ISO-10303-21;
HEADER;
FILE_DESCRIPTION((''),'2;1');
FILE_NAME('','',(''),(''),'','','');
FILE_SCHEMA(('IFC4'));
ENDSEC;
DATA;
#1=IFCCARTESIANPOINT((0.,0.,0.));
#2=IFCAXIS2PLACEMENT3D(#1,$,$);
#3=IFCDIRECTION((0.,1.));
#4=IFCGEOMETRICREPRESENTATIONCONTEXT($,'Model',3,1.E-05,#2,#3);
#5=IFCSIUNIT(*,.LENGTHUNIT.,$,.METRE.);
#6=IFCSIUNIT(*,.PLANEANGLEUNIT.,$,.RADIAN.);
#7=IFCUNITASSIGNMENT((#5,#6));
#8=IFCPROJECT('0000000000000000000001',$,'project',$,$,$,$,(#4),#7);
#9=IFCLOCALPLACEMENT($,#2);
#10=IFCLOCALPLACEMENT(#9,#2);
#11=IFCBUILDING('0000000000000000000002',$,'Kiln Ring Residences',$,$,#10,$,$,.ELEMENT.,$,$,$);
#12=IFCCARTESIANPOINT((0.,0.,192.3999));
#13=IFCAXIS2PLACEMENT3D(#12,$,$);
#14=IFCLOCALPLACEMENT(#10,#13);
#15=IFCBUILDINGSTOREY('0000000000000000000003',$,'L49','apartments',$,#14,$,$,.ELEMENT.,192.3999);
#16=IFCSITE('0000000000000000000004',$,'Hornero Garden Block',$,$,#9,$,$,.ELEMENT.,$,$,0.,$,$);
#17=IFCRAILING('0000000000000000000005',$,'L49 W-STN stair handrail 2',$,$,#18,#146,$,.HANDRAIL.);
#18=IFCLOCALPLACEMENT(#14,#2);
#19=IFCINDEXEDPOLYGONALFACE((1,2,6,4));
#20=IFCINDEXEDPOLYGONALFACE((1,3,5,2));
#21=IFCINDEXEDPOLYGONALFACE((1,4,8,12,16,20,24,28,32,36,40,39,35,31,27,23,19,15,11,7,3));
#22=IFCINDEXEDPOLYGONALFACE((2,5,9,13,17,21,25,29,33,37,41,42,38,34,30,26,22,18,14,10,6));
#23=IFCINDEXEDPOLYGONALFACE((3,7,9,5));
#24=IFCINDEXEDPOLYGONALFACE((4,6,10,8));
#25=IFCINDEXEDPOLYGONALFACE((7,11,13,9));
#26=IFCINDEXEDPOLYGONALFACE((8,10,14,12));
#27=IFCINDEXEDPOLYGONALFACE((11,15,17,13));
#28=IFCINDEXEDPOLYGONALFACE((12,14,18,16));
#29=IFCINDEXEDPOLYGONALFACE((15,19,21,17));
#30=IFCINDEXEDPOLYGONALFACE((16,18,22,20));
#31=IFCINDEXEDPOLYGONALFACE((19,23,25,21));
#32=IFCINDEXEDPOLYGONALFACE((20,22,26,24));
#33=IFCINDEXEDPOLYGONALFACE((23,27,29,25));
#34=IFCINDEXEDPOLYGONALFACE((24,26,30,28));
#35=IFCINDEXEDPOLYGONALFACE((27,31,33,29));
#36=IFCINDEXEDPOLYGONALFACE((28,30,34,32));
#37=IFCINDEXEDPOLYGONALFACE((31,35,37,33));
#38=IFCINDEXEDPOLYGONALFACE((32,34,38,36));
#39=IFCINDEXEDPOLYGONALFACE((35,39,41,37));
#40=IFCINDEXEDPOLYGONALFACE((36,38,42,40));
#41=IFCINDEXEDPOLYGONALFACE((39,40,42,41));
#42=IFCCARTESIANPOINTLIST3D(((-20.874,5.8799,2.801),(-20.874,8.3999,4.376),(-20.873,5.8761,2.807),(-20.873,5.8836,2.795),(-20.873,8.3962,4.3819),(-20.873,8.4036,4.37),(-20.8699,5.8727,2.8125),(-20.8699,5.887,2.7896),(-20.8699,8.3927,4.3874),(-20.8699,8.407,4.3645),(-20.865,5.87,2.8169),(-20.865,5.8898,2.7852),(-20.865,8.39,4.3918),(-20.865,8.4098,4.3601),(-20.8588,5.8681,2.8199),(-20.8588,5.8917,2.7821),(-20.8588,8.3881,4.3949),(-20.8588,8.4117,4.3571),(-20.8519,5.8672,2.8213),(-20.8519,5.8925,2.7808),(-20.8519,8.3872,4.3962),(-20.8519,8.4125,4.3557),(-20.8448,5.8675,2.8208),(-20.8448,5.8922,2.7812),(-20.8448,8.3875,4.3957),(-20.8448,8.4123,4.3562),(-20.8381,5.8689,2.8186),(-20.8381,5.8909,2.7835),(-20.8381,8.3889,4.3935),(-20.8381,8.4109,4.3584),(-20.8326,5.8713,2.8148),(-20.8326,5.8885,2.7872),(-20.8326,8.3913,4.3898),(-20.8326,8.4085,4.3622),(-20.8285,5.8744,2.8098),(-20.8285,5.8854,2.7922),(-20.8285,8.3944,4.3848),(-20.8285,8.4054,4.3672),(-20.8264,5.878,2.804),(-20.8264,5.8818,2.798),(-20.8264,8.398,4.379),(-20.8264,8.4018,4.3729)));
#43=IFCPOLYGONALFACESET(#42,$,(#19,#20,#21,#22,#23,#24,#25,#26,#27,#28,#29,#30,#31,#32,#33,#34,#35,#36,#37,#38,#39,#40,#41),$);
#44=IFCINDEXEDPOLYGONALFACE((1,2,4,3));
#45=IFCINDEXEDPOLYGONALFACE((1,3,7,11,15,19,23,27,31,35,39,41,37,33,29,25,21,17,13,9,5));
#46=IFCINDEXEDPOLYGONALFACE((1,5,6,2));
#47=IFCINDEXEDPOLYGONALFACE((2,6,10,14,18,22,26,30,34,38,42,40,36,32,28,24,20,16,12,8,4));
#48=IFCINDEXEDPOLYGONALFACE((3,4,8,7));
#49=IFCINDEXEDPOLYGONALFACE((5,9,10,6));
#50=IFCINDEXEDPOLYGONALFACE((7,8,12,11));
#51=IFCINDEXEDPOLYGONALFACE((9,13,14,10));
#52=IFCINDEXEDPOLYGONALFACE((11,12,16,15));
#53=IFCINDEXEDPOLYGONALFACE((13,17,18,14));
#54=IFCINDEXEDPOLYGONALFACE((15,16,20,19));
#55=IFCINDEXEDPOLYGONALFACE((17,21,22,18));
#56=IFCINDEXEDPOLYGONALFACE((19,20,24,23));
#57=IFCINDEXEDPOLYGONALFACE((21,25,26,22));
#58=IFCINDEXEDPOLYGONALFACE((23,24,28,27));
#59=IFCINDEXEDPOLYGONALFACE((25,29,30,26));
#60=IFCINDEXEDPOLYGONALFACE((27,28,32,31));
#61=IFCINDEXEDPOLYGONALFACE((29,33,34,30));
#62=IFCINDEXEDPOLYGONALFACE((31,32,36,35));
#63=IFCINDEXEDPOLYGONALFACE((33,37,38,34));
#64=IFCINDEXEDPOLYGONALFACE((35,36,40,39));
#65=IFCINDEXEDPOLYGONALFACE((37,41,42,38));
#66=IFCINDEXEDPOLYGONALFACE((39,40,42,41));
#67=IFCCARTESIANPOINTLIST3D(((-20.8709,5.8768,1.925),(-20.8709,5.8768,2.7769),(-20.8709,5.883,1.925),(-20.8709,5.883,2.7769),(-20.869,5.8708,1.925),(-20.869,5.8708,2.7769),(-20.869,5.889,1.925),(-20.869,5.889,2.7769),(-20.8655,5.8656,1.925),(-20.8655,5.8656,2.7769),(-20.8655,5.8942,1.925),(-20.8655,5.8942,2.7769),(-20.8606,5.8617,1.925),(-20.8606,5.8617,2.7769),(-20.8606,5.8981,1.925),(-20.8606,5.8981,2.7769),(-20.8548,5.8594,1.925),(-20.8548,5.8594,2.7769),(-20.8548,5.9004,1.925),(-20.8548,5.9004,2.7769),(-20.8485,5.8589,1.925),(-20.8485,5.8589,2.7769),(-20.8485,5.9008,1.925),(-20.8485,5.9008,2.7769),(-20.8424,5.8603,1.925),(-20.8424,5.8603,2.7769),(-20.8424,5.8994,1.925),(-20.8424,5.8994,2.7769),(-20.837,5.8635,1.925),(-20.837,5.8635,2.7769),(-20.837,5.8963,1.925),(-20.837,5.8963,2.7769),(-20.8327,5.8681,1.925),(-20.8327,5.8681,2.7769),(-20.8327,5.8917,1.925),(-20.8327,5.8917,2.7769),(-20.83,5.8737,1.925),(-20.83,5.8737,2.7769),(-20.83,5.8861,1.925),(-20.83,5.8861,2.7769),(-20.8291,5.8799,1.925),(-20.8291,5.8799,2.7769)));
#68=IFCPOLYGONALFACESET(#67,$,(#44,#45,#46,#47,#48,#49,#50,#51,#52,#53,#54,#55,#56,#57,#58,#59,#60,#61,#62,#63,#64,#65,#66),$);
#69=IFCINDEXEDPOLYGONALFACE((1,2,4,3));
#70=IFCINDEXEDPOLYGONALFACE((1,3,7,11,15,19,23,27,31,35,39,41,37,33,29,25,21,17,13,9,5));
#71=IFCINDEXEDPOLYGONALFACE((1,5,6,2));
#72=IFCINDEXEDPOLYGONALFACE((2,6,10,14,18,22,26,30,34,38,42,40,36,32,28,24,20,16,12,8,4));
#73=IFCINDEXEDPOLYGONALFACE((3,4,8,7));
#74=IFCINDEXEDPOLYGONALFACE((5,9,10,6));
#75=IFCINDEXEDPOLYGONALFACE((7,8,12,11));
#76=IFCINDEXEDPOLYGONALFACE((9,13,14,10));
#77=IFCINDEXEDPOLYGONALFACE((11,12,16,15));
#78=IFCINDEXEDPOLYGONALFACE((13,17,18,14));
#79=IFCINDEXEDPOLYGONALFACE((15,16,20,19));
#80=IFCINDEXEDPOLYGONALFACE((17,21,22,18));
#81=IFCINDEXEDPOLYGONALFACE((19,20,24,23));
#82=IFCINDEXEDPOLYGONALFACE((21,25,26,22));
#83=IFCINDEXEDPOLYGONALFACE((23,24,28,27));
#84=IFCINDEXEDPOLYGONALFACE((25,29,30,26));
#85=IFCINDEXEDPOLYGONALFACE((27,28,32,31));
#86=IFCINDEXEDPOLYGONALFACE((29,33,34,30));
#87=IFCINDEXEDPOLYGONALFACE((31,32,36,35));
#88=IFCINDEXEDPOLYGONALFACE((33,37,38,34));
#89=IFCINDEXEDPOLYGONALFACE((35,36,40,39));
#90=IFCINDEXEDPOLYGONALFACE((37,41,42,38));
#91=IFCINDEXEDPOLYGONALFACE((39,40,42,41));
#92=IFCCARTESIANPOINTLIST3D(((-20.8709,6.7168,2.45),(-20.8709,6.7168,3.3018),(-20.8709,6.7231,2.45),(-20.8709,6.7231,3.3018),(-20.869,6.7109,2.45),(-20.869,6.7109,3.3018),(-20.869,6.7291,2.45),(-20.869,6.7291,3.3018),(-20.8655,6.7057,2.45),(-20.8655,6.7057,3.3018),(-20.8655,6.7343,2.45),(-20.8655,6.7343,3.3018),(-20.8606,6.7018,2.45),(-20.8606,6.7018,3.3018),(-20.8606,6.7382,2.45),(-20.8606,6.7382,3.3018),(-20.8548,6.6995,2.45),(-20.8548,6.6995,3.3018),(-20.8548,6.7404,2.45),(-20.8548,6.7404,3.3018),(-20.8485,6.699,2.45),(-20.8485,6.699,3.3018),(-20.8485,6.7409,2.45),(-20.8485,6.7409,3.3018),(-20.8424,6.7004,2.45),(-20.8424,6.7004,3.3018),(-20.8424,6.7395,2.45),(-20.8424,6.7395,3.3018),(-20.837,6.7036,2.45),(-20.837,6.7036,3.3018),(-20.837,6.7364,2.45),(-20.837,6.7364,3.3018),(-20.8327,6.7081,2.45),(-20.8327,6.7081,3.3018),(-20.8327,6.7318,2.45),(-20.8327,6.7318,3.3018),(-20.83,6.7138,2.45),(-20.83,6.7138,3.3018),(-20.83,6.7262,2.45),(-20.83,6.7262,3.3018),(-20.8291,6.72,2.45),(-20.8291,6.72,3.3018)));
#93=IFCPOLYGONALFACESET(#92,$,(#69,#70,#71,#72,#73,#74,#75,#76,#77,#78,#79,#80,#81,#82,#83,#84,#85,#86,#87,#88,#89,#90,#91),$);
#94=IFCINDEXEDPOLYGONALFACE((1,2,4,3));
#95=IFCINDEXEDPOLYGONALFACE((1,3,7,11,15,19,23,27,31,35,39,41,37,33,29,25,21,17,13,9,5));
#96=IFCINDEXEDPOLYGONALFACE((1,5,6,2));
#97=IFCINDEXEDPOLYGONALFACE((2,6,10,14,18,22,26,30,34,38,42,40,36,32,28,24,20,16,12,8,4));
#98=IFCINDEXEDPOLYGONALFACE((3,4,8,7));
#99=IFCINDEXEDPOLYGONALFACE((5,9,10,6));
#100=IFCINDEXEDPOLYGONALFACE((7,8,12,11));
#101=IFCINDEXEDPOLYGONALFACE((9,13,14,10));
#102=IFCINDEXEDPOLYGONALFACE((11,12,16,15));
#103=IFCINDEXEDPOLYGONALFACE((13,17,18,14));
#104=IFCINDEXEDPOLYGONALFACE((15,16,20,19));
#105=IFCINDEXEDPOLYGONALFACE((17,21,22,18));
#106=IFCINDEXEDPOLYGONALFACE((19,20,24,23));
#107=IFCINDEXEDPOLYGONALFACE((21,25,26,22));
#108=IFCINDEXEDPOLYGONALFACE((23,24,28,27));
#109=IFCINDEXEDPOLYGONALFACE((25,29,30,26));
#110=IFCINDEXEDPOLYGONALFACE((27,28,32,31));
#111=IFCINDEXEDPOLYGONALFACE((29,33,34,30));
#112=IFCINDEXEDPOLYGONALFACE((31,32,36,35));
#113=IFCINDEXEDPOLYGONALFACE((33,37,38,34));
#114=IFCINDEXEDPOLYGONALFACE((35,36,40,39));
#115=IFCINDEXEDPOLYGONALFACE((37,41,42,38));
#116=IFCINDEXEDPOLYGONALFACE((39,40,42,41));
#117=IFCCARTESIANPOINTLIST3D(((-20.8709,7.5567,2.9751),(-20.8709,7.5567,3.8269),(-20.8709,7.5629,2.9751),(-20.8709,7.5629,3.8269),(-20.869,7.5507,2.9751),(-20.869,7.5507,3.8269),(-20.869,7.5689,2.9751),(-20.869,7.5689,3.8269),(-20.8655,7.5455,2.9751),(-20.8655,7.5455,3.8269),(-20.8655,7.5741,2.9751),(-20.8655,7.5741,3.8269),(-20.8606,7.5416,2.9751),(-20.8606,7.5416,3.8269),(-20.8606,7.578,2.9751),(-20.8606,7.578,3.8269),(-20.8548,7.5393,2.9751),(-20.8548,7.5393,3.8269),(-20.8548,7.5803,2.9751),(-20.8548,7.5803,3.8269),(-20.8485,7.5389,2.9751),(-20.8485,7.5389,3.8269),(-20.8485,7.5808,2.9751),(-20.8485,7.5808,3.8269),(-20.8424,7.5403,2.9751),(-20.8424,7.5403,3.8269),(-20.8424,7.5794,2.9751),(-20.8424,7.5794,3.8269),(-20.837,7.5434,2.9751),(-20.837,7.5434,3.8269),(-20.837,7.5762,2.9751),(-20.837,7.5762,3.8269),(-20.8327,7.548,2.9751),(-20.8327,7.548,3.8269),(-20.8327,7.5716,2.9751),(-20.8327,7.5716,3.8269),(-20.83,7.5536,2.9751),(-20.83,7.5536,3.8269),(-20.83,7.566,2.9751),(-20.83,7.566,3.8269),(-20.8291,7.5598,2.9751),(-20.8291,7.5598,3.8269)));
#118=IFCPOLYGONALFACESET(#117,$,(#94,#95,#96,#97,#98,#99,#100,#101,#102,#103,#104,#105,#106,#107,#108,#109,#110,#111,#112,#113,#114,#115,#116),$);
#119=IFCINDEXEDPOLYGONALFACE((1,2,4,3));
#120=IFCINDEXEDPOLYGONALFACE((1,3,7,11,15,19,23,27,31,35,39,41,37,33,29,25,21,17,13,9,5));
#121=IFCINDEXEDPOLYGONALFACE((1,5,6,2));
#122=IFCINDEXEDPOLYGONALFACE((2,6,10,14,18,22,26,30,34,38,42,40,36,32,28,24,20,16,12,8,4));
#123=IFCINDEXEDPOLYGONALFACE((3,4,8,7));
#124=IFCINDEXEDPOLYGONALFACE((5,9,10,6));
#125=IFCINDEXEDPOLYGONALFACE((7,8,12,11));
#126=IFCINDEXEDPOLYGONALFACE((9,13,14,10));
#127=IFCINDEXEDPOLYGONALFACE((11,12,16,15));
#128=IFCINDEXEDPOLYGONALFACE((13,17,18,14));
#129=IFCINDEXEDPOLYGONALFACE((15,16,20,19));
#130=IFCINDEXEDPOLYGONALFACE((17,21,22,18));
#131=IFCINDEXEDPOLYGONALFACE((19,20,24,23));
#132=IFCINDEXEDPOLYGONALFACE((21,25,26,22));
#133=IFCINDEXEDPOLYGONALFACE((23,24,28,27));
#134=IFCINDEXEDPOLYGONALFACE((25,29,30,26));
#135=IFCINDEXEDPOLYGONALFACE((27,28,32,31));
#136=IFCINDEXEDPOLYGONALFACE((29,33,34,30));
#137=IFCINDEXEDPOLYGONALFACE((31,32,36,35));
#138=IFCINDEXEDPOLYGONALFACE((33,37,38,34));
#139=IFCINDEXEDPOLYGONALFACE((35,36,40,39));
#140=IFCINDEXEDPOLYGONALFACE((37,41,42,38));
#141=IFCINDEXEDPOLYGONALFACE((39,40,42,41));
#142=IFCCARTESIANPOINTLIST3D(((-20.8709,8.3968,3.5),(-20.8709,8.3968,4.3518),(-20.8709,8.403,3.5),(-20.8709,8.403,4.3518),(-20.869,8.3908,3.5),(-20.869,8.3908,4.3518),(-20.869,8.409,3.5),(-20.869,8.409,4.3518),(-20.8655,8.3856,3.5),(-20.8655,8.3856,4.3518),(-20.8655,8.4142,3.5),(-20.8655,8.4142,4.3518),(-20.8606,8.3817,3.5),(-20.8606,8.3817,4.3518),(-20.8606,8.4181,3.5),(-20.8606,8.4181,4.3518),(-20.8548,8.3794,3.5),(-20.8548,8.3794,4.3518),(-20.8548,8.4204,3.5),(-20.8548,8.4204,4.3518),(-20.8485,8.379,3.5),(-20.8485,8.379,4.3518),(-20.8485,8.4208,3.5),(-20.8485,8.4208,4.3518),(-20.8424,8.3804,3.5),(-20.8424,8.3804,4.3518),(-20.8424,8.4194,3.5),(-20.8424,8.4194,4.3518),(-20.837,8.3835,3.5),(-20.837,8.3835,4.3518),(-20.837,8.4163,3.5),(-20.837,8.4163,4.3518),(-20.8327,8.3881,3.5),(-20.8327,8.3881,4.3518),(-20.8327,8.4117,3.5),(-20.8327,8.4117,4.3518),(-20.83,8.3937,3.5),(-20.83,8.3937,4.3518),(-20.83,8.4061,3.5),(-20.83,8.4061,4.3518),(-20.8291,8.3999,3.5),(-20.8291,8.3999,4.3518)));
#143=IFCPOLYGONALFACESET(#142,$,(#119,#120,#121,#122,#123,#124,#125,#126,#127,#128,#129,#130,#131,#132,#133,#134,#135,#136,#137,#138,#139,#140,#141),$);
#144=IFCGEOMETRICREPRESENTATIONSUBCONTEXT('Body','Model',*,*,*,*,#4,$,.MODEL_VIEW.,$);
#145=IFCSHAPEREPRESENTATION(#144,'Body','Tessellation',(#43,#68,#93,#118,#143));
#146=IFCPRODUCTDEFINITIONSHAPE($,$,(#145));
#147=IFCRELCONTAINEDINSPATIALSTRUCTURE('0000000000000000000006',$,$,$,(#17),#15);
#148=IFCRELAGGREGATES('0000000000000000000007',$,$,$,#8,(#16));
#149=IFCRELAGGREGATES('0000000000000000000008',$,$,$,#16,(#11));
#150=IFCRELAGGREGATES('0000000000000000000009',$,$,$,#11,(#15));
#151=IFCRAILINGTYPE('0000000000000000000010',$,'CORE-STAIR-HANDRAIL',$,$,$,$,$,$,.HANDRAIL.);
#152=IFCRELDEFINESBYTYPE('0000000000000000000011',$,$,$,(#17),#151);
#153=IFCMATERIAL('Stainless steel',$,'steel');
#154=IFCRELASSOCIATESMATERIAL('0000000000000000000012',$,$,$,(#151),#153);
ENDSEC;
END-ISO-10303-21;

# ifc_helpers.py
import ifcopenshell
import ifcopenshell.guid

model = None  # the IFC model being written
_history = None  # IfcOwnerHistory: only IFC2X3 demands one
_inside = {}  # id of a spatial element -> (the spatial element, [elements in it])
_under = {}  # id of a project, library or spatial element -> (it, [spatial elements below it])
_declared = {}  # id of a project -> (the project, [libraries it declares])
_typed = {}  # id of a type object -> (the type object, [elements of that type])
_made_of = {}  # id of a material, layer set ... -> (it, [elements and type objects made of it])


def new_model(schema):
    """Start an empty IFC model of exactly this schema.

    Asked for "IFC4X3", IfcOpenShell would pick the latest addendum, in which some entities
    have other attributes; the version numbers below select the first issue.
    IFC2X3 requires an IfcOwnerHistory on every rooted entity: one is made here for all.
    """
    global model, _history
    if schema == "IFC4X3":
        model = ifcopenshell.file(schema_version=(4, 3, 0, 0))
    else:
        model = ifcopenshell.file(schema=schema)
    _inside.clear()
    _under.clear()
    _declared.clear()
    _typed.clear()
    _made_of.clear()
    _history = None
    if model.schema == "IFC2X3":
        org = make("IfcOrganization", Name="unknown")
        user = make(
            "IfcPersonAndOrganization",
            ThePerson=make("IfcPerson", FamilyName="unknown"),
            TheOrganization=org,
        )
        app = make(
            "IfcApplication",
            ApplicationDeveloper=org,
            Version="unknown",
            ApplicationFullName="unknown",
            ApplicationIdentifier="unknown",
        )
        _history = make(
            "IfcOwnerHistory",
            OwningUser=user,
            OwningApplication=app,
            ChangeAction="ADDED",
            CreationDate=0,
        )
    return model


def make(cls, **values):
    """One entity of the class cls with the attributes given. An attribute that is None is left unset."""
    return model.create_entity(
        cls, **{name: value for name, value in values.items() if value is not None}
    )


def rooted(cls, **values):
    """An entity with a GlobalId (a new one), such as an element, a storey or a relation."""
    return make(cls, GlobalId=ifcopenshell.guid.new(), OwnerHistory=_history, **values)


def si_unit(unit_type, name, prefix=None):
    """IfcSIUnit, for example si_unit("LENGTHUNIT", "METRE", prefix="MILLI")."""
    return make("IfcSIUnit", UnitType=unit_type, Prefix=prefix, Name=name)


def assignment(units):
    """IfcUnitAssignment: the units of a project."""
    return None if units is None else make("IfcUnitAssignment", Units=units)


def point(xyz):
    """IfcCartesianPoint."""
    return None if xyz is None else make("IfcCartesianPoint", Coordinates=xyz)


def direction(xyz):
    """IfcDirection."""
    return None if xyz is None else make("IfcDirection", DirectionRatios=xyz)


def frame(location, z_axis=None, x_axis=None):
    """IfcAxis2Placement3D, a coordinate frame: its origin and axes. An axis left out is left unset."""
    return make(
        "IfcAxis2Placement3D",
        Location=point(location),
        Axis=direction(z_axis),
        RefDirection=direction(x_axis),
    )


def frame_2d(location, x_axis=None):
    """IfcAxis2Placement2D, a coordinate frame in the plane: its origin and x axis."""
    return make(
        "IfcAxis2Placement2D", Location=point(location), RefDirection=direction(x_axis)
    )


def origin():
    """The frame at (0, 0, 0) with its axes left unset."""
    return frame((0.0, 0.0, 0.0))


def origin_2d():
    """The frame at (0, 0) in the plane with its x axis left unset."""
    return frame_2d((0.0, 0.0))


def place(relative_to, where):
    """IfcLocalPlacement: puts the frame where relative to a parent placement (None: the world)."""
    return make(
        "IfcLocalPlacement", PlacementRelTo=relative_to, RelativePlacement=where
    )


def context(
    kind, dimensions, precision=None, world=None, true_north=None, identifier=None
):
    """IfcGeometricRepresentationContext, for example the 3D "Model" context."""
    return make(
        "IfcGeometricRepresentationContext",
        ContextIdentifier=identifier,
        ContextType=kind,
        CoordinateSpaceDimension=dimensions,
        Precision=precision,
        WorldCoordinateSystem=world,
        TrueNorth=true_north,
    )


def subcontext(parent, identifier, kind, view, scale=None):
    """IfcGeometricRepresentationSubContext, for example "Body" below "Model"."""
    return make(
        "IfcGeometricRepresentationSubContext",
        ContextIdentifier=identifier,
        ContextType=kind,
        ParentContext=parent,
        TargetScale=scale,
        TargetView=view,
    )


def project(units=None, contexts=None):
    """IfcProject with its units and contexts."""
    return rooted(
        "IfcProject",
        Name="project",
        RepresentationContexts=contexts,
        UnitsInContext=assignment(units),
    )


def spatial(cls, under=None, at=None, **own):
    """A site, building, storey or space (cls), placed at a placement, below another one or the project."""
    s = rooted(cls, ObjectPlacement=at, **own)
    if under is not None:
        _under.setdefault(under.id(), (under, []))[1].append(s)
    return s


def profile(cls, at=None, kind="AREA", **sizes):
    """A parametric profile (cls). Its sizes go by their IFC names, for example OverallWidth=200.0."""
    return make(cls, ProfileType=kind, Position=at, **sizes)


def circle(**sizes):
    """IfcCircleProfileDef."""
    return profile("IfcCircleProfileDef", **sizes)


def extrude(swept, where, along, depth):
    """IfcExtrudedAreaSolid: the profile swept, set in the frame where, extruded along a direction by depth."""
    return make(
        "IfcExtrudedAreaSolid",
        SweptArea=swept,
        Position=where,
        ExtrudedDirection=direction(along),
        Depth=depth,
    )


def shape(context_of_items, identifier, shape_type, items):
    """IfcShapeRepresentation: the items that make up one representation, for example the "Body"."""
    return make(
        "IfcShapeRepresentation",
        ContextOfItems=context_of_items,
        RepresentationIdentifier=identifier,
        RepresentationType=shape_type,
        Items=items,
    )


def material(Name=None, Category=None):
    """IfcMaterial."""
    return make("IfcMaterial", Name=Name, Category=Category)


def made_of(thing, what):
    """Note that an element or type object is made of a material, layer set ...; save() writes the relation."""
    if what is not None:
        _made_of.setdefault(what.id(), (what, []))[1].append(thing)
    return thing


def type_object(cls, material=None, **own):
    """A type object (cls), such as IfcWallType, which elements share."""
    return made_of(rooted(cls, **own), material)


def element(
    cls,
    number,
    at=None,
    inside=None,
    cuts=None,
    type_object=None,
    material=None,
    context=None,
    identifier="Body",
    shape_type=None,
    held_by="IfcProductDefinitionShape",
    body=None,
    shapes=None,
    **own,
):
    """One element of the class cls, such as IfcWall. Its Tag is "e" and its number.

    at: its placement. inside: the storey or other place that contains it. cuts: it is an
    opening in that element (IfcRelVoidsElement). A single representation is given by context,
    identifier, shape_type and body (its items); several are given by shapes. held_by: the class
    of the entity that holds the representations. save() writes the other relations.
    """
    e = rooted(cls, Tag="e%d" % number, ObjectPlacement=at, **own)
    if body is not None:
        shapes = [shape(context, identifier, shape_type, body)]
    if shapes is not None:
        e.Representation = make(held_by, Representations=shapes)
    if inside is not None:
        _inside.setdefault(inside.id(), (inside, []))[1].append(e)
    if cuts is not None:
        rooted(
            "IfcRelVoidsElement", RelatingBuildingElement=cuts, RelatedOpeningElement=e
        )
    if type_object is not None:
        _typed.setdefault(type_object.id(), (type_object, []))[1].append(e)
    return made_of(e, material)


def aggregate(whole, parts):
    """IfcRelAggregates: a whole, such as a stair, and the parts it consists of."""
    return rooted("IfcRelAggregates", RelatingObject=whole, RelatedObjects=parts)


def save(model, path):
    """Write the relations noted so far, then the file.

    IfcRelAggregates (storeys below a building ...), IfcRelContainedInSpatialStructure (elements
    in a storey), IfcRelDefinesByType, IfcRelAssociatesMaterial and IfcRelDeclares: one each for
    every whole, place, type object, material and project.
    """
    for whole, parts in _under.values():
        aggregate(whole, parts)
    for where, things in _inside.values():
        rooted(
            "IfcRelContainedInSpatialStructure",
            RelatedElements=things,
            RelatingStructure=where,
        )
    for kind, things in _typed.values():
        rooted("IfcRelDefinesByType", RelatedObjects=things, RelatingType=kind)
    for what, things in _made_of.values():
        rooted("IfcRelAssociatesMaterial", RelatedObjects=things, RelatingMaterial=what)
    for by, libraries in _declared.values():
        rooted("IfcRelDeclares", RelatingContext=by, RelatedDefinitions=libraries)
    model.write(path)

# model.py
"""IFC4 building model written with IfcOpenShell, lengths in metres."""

from ifc_helpers import new_model, si_unit, direction, frame, origin, origin_2d, place, context, subcontext, project, spatial, circle, extrude, material, type_object, element, save


model = new_model("IFC4")

# Units and contexts
model_context = context("Model", 3, precision=1e-05, world=origin(), true_north=direction((0.0, 1.0)))
body_context = subcontext(model_context, "Body", "Model", "MODEL_VIEW")
ifc_project = project(units=[si_unit("LENGTHUNIT", "METRE"), si_unit("PLANEANGLEUNIT", "RADIAN")], contexts=[model_context])

# Site, building, storey
site_placement = place(None, origin())
site = spatial("IfcSite", under=ifc_project, at=site_placement, Name="Hornero Garden Block", CompositionType="ELEMENT", RefElevation=0.0)
building_placement = place(site_placement, origin())
building = spatial("IfcBuilding", under=site, at=building_placement, Name="Kiln Ring Residences", CompositionType="ELEMENT")
storey_placement = place(building_placement, frame((0.0, 0.0, 192.3999)))
storey = spatial("IfcBuildingStorey", under=building, at=storey_placement, Name="L49", Description="apartments", CompositionType="ELEMENT", Elevation=192.3999)

# Railing
ifc_material_1 = material(Name="Stainless steel", Category="steel")
railing_type_1 = type_object("IfcRailingType", Name="CORE-STAIR-HANDRAIL", PredefinedType="HANDRAIL", material=ifc_material_1)
railing_1_placement = place(storey_placement, frame((-20.8501, 5.8799, 1.925)))
element("IfcRailing", 1, at=railing_1_placement, inside=storey, type_object=railing_type_1, Name="L49 W-STN stair handrail 2", PredefinedType="HANDRAIL", context=body_context, shape_type="SweptSolid", body=[
    extrude(circle(Radius=0.0239, at=origin_2d()), frame((0.0, 0.0, 0.876), z_axis=(0.0, 0.848008, 0.529984), x_axis=(-1.0, 0.0, 0.0)), (0.0, 0.0, 1.0), 2.9717),
    extrude(circle(Radius=0.021, at=origin_2d()), origin(), (0.0, 0.0, 1.0), 0.8518),
    extrude(circle(Radius=0.021, at=origin_2d()), frame((0.0, 0.8401, 0.5249)), (0.0, 0.0, 1.0), 0.8518),
    extrude(circle(Radius=0.021, at=origin_2d()), frame((0.0, 1.6799, 1.05)), (0.0, 0.0, 1.0), 0.8518),
    extrude(circle(Radius=0.021, at=origin_2d()), frame((0.0, 2.52, 1.575)), (0.0, 0.0, 1.0), 0.8518),
])

save(model, "model.ifc")
